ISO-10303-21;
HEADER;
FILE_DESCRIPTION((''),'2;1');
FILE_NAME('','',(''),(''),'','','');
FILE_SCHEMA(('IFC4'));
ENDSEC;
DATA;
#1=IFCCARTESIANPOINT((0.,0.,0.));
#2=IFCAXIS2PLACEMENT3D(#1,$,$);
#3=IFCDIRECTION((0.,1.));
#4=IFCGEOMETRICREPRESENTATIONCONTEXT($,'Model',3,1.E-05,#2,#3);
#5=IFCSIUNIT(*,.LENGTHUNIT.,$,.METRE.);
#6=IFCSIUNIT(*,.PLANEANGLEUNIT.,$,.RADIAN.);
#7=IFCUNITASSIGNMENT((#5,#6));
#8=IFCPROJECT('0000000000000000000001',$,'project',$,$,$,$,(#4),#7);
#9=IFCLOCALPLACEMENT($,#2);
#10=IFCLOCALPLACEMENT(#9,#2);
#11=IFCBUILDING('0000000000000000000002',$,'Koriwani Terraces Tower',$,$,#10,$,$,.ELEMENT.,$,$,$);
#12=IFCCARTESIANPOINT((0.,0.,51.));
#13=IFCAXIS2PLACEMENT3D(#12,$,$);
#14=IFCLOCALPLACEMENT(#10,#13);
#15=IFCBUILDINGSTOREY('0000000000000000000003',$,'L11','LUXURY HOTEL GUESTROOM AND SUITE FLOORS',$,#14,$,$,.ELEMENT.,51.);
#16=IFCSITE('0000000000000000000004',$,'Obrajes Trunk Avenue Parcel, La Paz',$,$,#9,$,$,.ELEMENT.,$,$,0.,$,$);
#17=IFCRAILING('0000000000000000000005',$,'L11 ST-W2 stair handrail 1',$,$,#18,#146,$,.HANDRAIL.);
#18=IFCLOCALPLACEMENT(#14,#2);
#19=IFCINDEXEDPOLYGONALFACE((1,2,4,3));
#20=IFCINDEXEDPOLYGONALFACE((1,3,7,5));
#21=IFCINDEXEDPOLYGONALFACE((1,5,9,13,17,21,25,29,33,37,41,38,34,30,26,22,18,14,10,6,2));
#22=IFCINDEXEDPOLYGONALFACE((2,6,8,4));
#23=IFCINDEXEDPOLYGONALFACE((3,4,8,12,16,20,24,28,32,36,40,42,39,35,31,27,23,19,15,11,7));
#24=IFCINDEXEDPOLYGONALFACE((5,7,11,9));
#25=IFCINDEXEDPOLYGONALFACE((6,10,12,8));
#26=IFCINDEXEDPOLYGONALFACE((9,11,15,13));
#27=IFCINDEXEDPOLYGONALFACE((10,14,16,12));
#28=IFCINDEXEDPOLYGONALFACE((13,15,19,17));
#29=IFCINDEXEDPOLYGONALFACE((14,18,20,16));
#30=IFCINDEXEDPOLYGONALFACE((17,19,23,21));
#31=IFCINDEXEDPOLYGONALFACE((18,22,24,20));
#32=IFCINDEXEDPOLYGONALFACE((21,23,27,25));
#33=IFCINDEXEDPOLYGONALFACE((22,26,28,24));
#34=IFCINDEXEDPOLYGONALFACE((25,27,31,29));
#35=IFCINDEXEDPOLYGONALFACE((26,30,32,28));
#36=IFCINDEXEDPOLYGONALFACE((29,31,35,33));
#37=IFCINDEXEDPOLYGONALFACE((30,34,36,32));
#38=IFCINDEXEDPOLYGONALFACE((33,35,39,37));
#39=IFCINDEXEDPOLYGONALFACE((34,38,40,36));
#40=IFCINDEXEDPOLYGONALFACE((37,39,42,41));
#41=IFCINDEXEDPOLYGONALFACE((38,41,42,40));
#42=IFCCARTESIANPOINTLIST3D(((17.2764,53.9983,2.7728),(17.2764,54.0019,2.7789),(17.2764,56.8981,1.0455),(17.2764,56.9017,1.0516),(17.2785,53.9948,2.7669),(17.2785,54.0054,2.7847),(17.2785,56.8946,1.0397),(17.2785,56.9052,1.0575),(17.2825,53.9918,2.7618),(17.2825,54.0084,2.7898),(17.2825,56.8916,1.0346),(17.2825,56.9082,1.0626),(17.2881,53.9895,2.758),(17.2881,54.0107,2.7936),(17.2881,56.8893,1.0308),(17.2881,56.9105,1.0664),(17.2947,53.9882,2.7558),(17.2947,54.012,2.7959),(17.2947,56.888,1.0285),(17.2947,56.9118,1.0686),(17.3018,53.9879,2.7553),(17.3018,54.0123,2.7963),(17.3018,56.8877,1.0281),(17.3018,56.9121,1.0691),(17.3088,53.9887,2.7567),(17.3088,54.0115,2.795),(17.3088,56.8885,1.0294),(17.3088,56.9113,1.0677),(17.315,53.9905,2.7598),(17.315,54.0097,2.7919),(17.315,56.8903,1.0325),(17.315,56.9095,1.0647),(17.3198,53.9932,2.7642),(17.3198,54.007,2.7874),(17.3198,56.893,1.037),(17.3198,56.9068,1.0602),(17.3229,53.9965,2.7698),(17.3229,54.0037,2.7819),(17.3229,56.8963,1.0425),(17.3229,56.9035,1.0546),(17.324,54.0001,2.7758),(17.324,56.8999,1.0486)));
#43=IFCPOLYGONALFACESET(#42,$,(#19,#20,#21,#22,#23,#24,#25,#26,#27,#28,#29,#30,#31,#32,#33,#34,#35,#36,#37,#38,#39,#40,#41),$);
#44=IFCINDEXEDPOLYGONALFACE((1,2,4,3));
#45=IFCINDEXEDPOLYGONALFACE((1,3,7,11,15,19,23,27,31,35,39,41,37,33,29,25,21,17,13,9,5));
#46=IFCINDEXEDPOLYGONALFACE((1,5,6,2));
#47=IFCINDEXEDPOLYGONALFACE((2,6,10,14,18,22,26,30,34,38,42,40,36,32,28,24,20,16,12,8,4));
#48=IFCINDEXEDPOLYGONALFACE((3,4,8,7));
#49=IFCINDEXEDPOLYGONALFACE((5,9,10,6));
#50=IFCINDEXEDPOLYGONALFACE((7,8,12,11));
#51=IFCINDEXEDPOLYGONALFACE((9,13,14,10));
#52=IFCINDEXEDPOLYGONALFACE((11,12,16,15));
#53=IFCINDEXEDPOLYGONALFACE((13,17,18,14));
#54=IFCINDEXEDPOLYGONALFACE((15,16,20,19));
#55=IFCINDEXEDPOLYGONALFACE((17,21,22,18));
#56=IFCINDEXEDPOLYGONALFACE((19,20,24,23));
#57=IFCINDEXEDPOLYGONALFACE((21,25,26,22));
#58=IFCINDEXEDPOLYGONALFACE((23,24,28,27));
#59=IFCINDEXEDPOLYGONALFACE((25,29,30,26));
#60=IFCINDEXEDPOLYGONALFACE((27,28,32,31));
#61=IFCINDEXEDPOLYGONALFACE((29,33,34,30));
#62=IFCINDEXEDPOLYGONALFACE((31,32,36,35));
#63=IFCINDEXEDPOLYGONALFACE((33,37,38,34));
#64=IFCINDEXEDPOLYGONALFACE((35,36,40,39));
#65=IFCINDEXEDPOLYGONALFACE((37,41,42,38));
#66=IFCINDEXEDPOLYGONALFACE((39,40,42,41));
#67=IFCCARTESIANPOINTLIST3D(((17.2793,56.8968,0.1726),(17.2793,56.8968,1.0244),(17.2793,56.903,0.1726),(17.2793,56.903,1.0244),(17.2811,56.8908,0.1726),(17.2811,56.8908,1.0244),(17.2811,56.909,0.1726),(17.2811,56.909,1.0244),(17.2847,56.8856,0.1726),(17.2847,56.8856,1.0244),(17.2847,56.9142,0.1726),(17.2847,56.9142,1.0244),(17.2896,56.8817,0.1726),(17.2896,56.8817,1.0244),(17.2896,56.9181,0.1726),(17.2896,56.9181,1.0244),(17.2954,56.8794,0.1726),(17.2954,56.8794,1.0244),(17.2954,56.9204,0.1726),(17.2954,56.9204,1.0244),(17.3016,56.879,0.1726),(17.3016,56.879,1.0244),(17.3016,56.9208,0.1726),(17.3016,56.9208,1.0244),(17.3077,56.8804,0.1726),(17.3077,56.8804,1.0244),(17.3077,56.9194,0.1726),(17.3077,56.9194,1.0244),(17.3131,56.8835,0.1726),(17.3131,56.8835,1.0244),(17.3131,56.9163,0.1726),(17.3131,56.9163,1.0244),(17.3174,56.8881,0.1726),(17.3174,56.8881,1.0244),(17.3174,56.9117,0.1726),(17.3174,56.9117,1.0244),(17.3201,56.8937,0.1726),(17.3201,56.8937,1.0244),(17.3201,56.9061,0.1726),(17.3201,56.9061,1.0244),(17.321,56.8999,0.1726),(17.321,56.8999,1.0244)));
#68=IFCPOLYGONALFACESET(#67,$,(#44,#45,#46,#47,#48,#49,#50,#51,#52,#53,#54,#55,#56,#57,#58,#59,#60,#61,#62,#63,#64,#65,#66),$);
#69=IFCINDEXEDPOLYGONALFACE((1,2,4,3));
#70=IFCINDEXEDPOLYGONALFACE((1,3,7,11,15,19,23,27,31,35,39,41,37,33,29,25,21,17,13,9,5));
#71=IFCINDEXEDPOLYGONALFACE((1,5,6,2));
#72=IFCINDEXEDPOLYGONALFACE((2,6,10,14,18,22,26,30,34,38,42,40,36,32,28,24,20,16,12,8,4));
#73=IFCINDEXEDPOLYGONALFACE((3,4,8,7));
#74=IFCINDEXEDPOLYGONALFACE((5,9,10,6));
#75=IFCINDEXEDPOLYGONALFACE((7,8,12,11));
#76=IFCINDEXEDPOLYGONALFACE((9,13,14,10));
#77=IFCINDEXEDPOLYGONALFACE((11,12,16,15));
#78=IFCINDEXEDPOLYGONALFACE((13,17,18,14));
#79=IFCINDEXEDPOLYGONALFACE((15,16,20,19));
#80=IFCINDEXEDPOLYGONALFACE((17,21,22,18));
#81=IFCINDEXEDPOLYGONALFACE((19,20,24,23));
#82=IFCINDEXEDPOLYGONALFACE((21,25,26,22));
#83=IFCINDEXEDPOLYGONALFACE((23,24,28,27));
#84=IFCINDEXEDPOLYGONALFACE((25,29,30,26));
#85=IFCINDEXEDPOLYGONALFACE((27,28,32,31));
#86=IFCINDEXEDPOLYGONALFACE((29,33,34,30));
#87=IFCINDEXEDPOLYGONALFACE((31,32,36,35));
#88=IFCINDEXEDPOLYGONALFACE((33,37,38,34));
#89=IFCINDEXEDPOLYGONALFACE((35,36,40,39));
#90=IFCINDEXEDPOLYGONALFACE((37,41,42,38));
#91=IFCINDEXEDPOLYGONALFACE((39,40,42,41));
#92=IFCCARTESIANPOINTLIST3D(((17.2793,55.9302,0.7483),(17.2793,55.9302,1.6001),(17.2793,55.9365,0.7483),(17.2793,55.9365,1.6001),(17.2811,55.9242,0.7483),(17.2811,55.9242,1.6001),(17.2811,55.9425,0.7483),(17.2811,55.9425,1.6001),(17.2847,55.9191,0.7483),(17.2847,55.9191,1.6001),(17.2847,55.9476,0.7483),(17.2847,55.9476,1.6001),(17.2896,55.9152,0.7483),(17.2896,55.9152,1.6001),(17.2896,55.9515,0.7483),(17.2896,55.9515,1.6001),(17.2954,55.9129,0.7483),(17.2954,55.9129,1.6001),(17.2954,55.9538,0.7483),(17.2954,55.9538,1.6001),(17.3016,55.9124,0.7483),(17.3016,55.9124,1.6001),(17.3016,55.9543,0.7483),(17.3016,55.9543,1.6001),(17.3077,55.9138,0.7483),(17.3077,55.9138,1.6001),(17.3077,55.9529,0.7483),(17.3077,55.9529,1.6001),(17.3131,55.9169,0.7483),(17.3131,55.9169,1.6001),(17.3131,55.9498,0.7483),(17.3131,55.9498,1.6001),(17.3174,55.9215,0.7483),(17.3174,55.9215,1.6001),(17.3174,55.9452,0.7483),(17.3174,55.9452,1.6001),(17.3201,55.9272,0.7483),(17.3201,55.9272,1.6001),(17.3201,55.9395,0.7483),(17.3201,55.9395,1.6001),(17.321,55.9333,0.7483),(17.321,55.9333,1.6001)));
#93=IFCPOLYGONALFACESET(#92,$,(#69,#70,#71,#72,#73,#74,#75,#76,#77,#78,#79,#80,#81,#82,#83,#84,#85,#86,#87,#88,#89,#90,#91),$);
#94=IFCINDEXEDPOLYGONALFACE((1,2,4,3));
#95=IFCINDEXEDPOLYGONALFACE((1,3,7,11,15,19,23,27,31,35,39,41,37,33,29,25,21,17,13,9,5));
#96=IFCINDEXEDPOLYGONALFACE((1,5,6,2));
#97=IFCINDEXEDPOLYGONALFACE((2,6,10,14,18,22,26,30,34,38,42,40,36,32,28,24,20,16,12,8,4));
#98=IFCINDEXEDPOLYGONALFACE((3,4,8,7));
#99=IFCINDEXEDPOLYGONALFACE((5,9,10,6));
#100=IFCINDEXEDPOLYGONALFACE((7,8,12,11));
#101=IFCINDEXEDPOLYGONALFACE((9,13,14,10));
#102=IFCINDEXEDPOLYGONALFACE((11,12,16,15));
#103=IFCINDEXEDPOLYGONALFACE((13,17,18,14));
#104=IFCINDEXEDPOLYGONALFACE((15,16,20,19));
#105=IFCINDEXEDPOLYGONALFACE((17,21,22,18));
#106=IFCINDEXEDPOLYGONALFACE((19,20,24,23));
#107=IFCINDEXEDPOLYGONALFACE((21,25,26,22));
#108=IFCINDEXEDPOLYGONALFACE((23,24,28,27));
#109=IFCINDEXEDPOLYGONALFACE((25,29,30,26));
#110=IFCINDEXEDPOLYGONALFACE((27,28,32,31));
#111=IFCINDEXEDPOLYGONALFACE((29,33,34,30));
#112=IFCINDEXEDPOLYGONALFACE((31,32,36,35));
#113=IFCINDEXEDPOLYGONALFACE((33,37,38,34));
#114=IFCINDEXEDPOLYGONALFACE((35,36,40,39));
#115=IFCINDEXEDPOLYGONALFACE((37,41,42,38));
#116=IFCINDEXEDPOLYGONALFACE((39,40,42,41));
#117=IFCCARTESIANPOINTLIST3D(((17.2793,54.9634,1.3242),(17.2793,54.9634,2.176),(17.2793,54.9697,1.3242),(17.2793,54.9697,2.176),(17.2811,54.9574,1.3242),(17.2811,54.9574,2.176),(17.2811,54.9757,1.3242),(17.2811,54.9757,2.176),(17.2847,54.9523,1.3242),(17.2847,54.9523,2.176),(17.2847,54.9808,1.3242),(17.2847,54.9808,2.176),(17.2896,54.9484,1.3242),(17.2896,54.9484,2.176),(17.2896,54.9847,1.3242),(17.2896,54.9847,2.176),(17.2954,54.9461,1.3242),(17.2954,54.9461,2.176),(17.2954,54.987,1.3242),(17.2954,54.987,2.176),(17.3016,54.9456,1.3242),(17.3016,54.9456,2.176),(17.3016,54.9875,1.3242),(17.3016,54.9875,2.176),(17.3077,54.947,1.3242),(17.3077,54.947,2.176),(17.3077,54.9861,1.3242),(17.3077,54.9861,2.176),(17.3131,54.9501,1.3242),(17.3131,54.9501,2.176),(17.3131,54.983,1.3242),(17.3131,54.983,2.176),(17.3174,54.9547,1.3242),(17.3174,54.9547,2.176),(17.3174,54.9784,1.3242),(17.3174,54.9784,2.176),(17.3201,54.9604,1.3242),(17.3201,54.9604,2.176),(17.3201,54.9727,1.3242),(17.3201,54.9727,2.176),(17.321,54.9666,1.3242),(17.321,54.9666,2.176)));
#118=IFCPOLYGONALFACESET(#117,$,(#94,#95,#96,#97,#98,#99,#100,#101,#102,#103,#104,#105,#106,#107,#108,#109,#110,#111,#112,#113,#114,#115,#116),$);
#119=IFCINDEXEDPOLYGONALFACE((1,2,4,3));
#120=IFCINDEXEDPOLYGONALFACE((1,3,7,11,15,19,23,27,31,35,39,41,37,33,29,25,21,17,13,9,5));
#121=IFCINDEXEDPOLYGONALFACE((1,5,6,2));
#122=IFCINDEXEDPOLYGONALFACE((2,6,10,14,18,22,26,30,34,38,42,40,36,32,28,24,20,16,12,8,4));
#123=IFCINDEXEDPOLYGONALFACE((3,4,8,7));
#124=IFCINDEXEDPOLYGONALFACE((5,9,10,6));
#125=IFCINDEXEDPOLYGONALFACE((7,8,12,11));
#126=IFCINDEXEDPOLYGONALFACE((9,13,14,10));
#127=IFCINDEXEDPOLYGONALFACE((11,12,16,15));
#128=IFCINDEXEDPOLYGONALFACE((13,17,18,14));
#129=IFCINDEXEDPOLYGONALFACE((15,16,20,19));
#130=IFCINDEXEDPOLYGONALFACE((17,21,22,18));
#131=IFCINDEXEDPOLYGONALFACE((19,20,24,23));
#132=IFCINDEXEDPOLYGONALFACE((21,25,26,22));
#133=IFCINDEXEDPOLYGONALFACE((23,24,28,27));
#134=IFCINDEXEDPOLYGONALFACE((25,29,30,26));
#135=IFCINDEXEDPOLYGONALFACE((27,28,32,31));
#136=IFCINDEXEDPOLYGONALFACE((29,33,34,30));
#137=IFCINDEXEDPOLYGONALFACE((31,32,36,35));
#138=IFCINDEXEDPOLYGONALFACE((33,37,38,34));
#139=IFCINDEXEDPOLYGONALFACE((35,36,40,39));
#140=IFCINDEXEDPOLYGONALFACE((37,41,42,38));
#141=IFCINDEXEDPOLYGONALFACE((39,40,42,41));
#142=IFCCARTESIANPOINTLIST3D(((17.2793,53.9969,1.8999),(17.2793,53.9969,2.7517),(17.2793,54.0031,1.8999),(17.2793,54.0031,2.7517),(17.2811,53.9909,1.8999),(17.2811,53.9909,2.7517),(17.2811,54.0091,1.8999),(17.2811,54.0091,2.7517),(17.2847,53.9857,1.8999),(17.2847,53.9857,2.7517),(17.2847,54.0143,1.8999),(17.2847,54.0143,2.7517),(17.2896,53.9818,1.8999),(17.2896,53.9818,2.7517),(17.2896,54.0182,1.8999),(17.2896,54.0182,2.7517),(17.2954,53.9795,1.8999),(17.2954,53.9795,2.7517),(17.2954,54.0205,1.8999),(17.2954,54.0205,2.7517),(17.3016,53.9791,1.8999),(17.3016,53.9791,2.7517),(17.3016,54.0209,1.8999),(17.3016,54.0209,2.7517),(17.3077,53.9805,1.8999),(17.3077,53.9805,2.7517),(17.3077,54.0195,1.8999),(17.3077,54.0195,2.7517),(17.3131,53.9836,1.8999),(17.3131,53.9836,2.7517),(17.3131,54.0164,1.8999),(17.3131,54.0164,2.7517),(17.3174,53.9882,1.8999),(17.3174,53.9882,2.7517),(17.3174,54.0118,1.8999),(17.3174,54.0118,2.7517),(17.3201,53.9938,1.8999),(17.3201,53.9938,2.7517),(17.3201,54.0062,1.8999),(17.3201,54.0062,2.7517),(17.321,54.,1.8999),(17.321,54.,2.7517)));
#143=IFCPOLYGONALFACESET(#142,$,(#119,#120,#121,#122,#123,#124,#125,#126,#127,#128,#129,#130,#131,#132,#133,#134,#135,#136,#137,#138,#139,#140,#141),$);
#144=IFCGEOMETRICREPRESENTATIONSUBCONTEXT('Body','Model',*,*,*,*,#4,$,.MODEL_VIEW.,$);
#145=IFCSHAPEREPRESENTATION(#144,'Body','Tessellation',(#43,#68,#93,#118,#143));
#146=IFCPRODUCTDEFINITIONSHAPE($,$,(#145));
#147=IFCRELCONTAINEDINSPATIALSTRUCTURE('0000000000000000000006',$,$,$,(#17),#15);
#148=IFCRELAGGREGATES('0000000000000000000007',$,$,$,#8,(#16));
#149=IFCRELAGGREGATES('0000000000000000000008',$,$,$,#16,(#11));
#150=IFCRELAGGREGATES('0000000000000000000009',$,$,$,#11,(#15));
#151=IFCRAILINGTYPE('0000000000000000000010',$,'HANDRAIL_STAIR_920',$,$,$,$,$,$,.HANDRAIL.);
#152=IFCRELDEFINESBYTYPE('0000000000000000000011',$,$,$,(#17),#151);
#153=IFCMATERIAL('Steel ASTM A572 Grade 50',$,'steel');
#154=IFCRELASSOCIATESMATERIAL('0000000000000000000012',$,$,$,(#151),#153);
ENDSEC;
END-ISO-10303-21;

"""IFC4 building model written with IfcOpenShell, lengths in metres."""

from ifc_helpers import new_model, si_unit, direction, frame, origin, origin_2d, place, context, subcontext, project, spatial, circle, extrude, material, type_object, element, save


model = new_model("IFC4")

# Units and contexts
model_context = context("Model", 3, precision=1e-05, world=origin(), true_north=direction((0.0, 1.0)))
body_context = subcontext(model_context, "Body", "Model", "MODEL_VIEW")
ifc_project = project(units=[si_unit("LENGTHUNIT", "METRE"), si_unit("PLANEANGLEUNIT", "RADIAN")], contexts=[model_context])

# Site, building, storey
site_placement = place(None, origin())
site = spatial("IfcSite", under=ifc_project, at=site_placement, Name="Obrajes Trunk Avenue Parcel, La Paz", CompositionType="ELEMENT", RefElevation=0.0)
building_placement = place(site_placement, origin())
building = spatial("IfcBuilding", under=site, at=building_placement, Name="Koriwani Terraces Tower", CompositionType="ELEMENT")
storey_placement = place(building_placement, frame((0.0, 0.0, 51.0)))
storey = spatial("IfcBuildingStorey", under=building, at=storey_placement, Name="L11", Description="LUXURY HOTEL GUESTROOM AND SUITE FLOORS", CompositionType="ELEMENT", Elevation=51.0)

# Shared definitions
ifc_material_1 = material(Name="Steel ASTM A572 Grade 50", Category="steel")

# Railing
railing_type = type_object("IfcRailingType", Name="HANDRAIL_STAIR_920", PredefinedType="HANDRAIL", material=ifc_material_1)
for number, where, name in (
    (1, (17.3, 56.8999, 0.1726), "L11 ST-W2 stair handrail 1"),
):
    element("IfcRailing", number, at=place(storey_placement, frame(where)), inside=storey, type_object=railing_type, Name=name, PredefinedType="HANDRAIL", context=body_context, shape_type="SweptSolid", body=[
        extrude(circle(Radius=0.0239, at=origin_2d()), frame((0.0, 0.0, 0.876), z_axis=(0.0, -0.859141, 0.511738), x_axis=(1.0, 0.0, 0.0)), (0.0, 0.0, 1.0), 3.3752),
        extrude(circle(Radius=0.021, at=origin_2d()), origin(), (0.0, 0.0, 1.0), 0.8518),
        extrude(circle(Radius=0.021, at=origin_2d()), frame((0.0, -0.9666, 0.5757)), (0.0, 0.0, 1.0), 0.8518),
        extrude(circle(Radius=0.021, at=origin_2d()), frame((0.0, -1.9333, 1.1516)), (0.0, 0.0, 1.0), 0.8518),
        extrude(circle(Radius=0.021, at=origin_2d()), frame((0.0, -2.8999, 1.7273)), (0.0, 0.0, 1.0), 0.8518),
    ])

save(model, "model.ifc")
